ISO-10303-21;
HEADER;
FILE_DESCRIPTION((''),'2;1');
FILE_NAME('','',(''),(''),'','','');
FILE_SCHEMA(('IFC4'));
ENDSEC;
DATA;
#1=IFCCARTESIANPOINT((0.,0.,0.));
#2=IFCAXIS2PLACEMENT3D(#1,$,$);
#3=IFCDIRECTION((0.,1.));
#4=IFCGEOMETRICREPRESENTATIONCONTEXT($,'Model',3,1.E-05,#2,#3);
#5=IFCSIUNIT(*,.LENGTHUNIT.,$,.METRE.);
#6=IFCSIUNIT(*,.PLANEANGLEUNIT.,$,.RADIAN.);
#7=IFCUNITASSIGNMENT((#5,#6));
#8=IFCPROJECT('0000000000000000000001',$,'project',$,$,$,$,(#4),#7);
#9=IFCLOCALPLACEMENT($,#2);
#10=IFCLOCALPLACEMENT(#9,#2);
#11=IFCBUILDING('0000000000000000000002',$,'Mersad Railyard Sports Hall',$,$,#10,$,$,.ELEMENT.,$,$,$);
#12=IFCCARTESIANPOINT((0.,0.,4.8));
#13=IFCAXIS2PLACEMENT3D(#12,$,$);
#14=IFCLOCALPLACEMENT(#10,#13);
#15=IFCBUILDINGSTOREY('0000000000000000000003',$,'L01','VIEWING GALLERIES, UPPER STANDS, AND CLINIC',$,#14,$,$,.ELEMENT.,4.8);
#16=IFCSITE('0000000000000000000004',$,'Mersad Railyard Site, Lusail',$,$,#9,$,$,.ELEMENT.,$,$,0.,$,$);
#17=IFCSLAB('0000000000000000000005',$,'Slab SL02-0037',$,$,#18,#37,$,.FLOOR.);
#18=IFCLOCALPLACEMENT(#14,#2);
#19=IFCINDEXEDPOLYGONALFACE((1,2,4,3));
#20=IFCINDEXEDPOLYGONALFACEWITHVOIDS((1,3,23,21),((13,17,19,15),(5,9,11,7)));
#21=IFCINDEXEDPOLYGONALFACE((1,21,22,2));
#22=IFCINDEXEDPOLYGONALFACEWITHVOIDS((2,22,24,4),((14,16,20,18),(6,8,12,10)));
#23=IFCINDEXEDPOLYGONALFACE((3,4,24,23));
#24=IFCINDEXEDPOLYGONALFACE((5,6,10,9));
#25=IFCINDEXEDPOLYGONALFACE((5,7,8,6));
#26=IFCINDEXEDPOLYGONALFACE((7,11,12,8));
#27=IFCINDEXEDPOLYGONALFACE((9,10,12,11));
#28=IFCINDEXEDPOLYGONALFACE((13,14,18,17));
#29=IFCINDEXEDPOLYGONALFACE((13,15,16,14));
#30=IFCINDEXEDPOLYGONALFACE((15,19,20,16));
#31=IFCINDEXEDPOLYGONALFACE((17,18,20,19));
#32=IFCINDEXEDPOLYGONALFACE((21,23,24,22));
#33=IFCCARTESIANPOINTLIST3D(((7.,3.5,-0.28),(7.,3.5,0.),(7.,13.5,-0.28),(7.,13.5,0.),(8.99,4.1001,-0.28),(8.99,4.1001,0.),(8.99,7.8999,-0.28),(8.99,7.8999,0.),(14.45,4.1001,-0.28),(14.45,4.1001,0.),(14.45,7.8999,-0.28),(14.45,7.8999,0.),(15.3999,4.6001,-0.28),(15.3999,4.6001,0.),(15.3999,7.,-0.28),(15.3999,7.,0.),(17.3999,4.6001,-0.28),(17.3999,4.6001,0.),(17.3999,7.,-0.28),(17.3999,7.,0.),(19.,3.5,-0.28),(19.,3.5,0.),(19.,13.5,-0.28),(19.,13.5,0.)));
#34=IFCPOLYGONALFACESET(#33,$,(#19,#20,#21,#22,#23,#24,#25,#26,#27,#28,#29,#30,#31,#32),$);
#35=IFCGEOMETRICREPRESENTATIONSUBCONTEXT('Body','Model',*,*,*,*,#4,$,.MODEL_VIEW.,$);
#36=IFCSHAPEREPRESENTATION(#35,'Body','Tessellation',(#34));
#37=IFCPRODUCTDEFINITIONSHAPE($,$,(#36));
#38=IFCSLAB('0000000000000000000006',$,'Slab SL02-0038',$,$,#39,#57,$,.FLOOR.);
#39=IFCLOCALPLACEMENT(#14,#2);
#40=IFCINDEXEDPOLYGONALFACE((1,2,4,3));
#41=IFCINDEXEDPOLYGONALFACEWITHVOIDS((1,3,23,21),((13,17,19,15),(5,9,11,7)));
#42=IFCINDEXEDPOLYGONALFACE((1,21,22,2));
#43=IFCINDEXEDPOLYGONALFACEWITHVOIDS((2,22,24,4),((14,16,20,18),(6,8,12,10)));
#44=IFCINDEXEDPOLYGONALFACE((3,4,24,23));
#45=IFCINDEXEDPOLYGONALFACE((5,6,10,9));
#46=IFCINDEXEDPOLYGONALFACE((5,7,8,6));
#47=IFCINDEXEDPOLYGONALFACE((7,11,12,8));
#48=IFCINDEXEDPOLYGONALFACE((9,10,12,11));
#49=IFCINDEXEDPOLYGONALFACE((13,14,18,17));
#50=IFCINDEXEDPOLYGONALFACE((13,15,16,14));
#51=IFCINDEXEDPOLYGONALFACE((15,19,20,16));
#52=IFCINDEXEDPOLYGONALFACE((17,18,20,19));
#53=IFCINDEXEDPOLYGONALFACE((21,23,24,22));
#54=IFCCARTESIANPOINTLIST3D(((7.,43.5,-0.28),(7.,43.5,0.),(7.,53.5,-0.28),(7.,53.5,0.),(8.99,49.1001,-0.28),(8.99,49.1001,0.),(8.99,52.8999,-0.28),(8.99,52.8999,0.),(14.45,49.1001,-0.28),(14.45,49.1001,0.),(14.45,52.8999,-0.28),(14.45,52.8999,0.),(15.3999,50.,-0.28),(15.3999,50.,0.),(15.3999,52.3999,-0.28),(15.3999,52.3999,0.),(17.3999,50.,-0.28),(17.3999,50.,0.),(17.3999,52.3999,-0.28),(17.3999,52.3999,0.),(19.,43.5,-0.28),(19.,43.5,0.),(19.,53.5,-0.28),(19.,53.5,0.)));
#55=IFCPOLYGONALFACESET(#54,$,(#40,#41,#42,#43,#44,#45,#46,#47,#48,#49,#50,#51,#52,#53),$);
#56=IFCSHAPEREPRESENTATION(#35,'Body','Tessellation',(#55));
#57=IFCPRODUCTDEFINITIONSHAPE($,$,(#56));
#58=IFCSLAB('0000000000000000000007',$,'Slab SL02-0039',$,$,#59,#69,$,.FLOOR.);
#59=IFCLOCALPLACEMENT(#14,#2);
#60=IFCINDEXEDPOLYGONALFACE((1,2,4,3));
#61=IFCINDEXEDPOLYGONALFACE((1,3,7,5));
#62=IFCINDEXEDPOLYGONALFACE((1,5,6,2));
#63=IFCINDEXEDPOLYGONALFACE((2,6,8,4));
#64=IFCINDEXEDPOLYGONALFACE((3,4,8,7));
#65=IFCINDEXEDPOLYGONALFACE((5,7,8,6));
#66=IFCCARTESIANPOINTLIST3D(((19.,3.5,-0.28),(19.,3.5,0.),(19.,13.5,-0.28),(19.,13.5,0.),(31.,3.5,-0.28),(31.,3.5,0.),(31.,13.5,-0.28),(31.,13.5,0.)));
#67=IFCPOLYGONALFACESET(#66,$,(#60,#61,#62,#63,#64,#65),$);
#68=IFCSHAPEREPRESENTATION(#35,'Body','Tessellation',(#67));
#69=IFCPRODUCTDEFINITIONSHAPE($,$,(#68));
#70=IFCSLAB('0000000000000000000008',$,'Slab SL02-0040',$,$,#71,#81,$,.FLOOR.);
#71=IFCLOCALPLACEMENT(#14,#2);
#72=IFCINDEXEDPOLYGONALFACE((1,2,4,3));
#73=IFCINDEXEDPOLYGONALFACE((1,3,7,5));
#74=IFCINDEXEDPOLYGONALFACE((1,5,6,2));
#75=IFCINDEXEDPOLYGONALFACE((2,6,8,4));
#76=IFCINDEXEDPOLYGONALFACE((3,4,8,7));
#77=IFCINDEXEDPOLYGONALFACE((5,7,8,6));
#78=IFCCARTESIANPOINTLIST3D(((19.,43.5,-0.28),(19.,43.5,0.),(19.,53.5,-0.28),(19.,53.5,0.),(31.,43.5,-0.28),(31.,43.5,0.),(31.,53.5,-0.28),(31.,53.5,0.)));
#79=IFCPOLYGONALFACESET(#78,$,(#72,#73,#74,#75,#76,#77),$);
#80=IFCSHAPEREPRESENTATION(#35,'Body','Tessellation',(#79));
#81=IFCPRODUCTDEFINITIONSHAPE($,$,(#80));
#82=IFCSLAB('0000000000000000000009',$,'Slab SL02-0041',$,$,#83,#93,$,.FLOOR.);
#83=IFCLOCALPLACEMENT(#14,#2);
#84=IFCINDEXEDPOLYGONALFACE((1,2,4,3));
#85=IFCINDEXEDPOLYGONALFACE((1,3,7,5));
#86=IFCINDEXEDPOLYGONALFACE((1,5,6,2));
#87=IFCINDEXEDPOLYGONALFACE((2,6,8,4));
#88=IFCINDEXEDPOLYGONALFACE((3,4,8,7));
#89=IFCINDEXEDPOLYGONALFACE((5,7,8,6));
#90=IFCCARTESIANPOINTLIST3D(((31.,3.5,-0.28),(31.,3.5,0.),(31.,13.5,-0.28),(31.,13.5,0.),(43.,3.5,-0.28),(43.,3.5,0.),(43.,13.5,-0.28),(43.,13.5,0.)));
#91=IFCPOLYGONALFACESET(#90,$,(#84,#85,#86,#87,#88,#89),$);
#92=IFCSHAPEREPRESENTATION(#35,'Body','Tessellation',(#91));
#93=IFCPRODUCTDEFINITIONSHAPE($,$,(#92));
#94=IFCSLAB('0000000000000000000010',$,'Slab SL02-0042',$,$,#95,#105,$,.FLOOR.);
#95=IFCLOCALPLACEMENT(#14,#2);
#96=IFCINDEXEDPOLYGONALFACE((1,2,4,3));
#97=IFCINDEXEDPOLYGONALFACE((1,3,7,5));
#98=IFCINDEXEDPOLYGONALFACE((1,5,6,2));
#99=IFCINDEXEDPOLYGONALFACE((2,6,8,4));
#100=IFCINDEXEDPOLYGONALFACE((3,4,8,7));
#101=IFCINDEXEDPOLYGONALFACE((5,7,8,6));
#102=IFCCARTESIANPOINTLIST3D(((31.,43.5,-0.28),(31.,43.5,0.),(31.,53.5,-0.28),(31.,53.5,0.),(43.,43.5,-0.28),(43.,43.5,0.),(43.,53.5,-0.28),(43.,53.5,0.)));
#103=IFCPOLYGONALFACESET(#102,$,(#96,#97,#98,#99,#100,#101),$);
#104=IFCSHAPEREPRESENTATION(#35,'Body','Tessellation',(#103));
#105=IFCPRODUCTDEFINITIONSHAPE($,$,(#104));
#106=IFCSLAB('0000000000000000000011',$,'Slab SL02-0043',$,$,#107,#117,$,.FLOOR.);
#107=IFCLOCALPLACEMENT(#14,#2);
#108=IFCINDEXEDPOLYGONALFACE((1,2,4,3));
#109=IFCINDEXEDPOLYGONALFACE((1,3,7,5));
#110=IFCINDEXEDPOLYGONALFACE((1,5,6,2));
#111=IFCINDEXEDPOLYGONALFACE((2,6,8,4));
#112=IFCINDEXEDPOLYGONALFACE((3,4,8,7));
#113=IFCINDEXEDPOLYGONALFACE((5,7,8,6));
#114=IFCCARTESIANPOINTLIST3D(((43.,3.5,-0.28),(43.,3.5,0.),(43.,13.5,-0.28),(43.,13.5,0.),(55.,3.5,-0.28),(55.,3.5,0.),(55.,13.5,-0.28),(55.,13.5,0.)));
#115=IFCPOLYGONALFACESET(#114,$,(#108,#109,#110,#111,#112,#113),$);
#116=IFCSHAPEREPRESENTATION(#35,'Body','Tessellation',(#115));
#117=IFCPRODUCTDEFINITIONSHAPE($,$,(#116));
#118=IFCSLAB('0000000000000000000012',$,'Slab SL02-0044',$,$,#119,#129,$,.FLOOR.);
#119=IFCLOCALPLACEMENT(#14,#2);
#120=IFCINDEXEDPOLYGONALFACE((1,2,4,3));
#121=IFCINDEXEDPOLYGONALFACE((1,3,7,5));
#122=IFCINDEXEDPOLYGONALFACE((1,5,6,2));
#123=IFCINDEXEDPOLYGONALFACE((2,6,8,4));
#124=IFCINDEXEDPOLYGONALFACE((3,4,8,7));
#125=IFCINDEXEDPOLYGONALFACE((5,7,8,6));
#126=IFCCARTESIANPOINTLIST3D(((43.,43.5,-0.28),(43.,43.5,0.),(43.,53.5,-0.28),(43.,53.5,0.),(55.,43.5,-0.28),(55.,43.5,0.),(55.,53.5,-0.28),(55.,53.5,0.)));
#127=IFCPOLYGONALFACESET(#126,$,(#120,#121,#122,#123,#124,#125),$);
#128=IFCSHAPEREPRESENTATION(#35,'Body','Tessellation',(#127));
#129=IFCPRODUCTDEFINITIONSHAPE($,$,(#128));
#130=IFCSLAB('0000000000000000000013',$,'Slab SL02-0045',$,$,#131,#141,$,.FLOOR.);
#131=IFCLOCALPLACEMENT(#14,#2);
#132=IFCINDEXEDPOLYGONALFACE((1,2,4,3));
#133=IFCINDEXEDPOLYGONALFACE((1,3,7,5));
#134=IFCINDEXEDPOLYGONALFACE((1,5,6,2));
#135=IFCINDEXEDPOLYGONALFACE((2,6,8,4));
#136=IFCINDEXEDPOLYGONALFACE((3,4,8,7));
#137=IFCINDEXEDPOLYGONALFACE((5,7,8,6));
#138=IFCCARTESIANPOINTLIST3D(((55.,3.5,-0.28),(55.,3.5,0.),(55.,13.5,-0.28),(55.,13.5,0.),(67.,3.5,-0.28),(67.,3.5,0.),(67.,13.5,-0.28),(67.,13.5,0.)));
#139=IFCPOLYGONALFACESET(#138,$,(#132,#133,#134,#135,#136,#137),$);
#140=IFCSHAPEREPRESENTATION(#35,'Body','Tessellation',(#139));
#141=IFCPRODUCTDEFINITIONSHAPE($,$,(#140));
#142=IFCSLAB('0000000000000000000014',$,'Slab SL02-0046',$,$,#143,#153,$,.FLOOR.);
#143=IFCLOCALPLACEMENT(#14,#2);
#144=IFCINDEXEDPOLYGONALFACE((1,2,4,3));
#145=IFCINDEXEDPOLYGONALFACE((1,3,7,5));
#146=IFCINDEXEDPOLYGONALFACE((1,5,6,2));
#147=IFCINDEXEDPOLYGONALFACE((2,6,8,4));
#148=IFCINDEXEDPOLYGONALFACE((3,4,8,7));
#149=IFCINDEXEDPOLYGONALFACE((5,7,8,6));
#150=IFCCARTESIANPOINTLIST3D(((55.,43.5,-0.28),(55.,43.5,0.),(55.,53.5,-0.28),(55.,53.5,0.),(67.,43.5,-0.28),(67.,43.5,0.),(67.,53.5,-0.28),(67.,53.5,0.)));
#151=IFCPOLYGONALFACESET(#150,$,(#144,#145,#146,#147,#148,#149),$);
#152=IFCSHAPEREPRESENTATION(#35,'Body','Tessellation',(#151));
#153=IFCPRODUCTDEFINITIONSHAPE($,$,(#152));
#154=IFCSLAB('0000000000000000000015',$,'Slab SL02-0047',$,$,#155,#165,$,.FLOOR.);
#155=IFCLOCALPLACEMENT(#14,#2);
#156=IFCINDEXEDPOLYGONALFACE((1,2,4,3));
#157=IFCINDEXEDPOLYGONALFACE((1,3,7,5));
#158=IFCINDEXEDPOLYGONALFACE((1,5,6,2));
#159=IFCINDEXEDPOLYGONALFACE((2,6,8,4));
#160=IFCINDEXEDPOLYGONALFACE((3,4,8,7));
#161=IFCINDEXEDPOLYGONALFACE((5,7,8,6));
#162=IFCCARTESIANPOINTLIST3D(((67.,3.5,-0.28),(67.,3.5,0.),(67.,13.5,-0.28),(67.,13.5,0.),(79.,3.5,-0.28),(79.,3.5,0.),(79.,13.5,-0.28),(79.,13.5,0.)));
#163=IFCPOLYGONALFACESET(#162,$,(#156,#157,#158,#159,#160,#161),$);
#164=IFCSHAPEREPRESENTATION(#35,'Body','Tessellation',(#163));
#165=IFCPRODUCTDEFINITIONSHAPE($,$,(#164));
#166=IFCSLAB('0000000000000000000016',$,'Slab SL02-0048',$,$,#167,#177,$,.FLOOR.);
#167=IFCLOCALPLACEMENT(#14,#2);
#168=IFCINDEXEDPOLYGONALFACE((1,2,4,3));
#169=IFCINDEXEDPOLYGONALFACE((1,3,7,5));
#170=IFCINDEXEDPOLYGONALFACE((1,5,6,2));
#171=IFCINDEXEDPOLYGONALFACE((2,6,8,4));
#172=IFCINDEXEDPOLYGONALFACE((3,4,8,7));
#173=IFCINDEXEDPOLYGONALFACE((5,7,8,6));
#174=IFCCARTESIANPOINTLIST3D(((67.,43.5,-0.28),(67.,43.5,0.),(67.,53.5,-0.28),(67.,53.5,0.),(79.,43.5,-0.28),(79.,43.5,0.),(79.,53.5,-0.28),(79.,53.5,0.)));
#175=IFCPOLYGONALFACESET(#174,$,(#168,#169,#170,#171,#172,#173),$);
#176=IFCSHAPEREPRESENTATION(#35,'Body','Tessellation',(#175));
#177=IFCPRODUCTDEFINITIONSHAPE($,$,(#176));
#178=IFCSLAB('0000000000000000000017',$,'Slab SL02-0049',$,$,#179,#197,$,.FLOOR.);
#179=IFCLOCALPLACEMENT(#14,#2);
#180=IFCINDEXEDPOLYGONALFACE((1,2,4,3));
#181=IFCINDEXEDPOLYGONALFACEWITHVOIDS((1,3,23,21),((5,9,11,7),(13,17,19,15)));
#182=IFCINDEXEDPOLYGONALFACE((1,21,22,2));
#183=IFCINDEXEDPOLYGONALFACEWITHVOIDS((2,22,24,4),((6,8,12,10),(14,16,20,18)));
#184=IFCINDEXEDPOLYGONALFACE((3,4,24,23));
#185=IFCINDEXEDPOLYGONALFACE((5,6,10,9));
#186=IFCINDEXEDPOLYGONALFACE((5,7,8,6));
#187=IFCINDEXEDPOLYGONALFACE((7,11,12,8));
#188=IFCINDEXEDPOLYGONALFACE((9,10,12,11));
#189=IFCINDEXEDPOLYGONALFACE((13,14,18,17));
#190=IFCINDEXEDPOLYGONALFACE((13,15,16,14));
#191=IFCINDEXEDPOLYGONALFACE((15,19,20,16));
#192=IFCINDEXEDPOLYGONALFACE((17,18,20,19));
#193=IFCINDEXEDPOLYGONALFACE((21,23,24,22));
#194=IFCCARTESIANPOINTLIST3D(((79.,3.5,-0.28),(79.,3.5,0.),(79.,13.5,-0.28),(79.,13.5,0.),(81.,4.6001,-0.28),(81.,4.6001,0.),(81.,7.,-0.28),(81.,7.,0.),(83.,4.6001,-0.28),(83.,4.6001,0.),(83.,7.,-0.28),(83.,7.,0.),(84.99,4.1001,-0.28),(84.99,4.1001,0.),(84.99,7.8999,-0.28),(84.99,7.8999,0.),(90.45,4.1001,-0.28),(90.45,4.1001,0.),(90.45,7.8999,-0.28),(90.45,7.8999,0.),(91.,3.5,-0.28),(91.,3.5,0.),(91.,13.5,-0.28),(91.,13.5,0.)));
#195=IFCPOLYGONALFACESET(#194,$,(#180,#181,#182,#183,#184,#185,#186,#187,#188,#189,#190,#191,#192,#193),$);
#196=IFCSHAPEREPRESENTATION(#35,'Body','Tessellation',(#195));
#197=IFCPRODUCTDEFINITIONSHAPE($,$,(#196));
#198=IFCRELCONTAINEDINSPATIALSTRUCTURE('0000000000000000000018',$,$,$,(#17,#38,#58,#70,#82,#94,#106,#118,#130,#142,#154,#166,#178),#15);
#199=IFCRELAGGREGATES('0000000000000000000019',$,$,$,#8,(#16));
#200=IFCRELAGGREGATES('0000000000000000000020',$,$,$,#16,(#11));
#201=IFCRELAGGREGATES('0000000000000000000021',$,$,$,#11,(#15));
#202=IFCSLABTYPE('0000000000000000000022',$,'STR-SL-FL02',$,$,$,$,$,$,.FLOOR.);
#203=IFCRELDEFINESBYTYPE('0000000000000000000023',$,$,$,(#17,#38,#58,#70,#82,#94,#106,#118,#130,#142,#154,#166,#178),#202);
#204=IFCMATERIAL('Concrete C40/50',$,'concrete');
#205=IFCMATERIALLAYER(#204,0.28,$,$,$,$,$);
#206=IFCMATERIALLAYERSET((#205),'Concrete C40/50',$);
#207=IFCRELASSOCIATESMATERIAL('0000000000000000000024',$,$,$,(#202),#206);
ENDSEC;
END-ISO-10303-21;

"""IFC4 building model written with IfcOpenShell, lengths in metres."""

from ifc_helpers import new_model, si_unit, direction, frame, origin, place, context, subcontext, project, spatial, polyline, outline, extrude, material, layer, layer_set, type_object, element, save


model = new_model("IFC4")

# Units and contexts
model_context = context("Model", 3, precision=1e-05, world=origin(), true_north=direction((0.0, 1.0)))
body_context = subcontext(model_context, "Body", "Model", "MODEL_VIEW")
ifc_project = project(units=[si_unit("LENGTHUNIT", "METRE"), si_unit("PLANEANGLEUNIT", "RADIAN")], contexts=[model_context])

# Site, building, storey
site_placement = place(None, origin())
site = spatial("IfcSite", under=ifc_project, at=site_placement, Name="Mersad Railyard Site, Lusail", CompositionType="ELEMENT", RefElevation=0.0)
building_placement = place(site_placement, origin())
building = spatial("IfcBuilding", under=site, at=building_placement, Name="Mersad Railyard Sports Hall", CompositionType="ELEMENT")
storey_placement = place(building_placement, frame((0.0, 0.0, 4.8)))
storey = spatial("IfcBuildingStorey", under=building, at=storey_placement, Name="L01", Description="VIEWING GALLERIES, UPPER STANDS, AND CLINIC", CompositionType="ELEMENT", Elevation=4.8)

# Slabs
ifc_material = material(Name="Concrete C40/50", Category="concrete")
ifc_layer_1 = layer(ifc_material, 0.28)
ifc_layer_set_1 = layer_set([ifc_layer_1], Name="Concrete C40/50")
slab_type_1 = type_object("IfcSlabType", Name="STR-SL-FL02", PredefinedType="FLOOR", material=ifc_layer_set_1)
slab_1_placement = place(storey_placement, frame((0.0, 0.0, -0.28)))
element("IfcSlab", 1, at=slab_1_placement, inside=storey, type_object=slab_type_1, Name="Slab SL02-0037", PredefinedType="FLOOR", context=body_context, shape_type="SweptSolid", body=[
    extrude(outline(polyline([(7.0, 3.5), (19.0, 3.5), (19.0, 13.5), (7.0, 13.5), (7.0, 3.5)]), holes=[polyline([(8.99, 4.1001), (14.45, 4.1001), (14.45, 7.8999), (8.99, 7.8999), (8.99, 4.1001)]), polyline([(15.3999, 4.6001), (17.3999, 4.6001), (17.3999, 7.0), (15.3999, 7.0), (15.3999, 4.6001)])]), origin(), (0.0, 0.0, 1.0), 0.28),
])
slab_2_placement = place(storey_placement, frame((0.0, 0.0, -0.28)))
element("IfcSlab", 2, at=slab_2_placement, inside=storey, type_object=slab_type_1, Name="Slab SL02-0038", PredefinedType="FLOOR", context=body_context, shape_type="SweptSolid", body=[
    extrude(outline(polyline([(7.0, 43.5), (19.0, 43.5), (19.0, 53.5), (7.0, 53.5), (7.0, 43.5)]), holes=[polyline([(8.99, 49.1001), (14.45, 49.1001), (14.45, 52.8999), (8.99, 52.8999), (8.99, 49.1001)]), polyline([(15.3999, 50.0), (17.3999, 50.0), (17.3999, 52.3999), (15.3999, 52.3999), (15.3999, 50.0)])]), origin(), (0.0, 0.0, 1.0), 0.28),
])
slab_3_placement = place(storey_placement, frame((0.0, 0.0, -0.28)))
element("IfcSlab", 3, at=slab_3_placement, inside=storey, type_object=slab_type_1, Name="Slab SL02-0039", PredefinedType="FLOOR", context=body_context, shape_type="SweptSolid", body=[
    extrude(outline(polyline([(19.0, 3.5), (31.0, 3.5), (31.0, 13.5), (19.0, 13.5), (19.0, 3.5)])), origin(), (0.0, 0.0, 1.0), 0.28),
])
slab_4_placement = place(storey_placement, frame((0.0, 0.0, -0.28)))
element("IfcSlab", 4, at=slab_4_placement, inside=storey, type_object=slab_type_1, Name="Slab SL02-0040", PredefinedType="FLOOR", context=body_context, shape_type="SweptSolid", body=[
    extrude(outline(polyline([(19.0, 43.5), (31.0, 43.5), (31.0, 53.5), (19.0, 53.5), (19.0, 43.5)])), origin(), (0.0, 0.0, 1.0), 0.28),
])
slab_5_placement = place(storey_placement, frame((0.0, 0.0, -0.28)))
element("IfcSlab", 5, at=slab_5_placement, inside=storey, type_object=slab_type_1, Name="Slab SL02-0041", PredefinedType="FLOOR", context=body_context, shape_type="SweptSolid", body=[
    extrude(outline(polyline([(31.0, 3.5), (43.0, 3.5), (43.0, 13.5), (31.0, 13.5), (31.0, 3.5)])), origin(), (0.0, 0.0, 1.0), 0.28),
])
slab_6_placement = place(storey_placement, frame((0.0, 0.0, -0.28)))
element("IfcSlab", 6, at=slab_6_placement, inside=storey, type_object=slab_type_1, Name="Slab SL02-0042", PredefinedType="FLOOR", context=body_context, shape_type="SweptSolid", body=[
    extrude(outline(polyline([(31.0, 43.5), (43.0, 43.5), (43.0, 53.5), (31.0, 53.5), (31.0, 43.5)])), origin(), (0.0, 0.0, 1.0), 0.28),
])
slab_7_placement = place(storey_placement, frame((0.0, 0.0, -0.28)))
element("IfcSlab", 7, at=slab_7_placement, inside=storey, type_object=slab_type_1, Name="Slab SL02-0043", PredefinedType="FLOOR", context=body_context, shape_type="SweptSolid", body=[
    extrude(outline(polyline([(43.0, 3.5), (55.0, 3.5), (55.0, 13.5), (43.0, 13.5), (43.0, 3.5)])), origin(), (0.0, 0.0, 1.0), 0.28),
])
slab_8_placement = place(storey_placement, frame((0.0, 0.0, -0.28)))
element("IfcSlab", 8, at=slab_8_placement, inside=storey, type_object=slab_type_1, Name="Slab SL02-0044", PredefinedType="FLOOR", context=body_context, shape_type="SweptSolid", body=[
    extrude(outline(polyline([(43.0, 43.5), (55.0, 43.5), (55.0, 53.5), (43.0, 53.5), (43.0, 43.5)])), origin(), (0.0, 0.0, 1.0), 0.28),
])
slab_9_placement = place(storey_placement, frame((0.0, 0.0, -0.28)))
element("IfcSlab", 9, at=slab_9_placement, inside=storey, type_object=slab_type_1, Name="Slab SL02-0045", PredefinedType="FLOOR", context=body_context, shape_type="SweptSolid", body=[
    extrude(outline(polyline([(55.0, 3.5), (67.0, 3.5), (67.0, 13.5), (55.0, 13.5), (55.0, 3.5)])), origin(), (0.0, 0.0, 1.0), 0.28),
])
slab_10_placement = place(storey_placement, frame((0.0, 0.0, -0.28)))
element("IfcSlab", 10, at=slab_10_placement, inside=storey, type_object=slab_type_1, Name="Slab SL02-0046", PredefinedType="FLOOR", context=body_context, shape_type="SweptSolid", body=[
    extrude(outline(polyline([(55.0, 43.5), (67.0, 43.5), (67.0, 53.5), (55.0, 53.5), (55.0, 43.5)])), origin(), (0.0, 0.0, 1.0), 0.28),
])
slab_11_placement = place(storey_placement, frame((0.0, 0.0, -0.28)))
element("IfcSlab", 11, at=slab_11_placement, inside=storey, type_object=slab_type_1, Name="Slab SL02-0047", PredefinedType="FLOOR", context=body_context, shape_type="SweptSolid", body=[
    extrude(outline(polyline([(67.0, 3.5), (79.0, 3.5), (79.0, 13.5), (67.0, 13.5), (67.0, 3.5)])), origin(), (0.0, 0.0, 1.0), 0.28),
])
slab_12_placement = place(storey_placement, frame((0.0, 0.0, -0.28)))
element("IfcSlab", 12, at=slab_12_placement, inside=storey, type_object=slab_type_1, Name="Slab SL02-0048", PredefinedType="FLOOR", context=body_context, shape_type="SweptSolid", body=[
    extrude(outline(polyline([(67.0, 43.5), (79.0, 43.5), (79.0, 53.5), (67.0, 53.5), (67.0, 43.5)])), origin(), (0.0, 0.0, 1.0), 0.28),
])
slab_13_placement = place(storey_placement, frame((0.0, 0.0, -0.28)))
element("IfcSlab", 13, at=slab_13_placement, inside=storey, type_object=slab_type_1, Name="Slab SL02-0049", PredefinedType="FLOOR", context=body_context, shape_type="SweptSolid", body=[
    extrude(outline(polyline([(79.0, 3.5), (91.0, 3.5), (91.0, 13.5), (79.0, 13.5), (79.0, 3.5)]), holes=[polyline([(84.99, 4.1001), (90.45, 4.1001), (90.45, 7.8999), (84.99, 7.8999), (84.99, 4.1001)]), polyline([(81.0, 4.6001), (83.0, 4.6001), (83.0, 7.0), (81.0, 7.0), (81.0, 4.6001)])]), origin(), (0.0, 0.0, 1.0), 0.28),
])

save(model, "model.ifc")
